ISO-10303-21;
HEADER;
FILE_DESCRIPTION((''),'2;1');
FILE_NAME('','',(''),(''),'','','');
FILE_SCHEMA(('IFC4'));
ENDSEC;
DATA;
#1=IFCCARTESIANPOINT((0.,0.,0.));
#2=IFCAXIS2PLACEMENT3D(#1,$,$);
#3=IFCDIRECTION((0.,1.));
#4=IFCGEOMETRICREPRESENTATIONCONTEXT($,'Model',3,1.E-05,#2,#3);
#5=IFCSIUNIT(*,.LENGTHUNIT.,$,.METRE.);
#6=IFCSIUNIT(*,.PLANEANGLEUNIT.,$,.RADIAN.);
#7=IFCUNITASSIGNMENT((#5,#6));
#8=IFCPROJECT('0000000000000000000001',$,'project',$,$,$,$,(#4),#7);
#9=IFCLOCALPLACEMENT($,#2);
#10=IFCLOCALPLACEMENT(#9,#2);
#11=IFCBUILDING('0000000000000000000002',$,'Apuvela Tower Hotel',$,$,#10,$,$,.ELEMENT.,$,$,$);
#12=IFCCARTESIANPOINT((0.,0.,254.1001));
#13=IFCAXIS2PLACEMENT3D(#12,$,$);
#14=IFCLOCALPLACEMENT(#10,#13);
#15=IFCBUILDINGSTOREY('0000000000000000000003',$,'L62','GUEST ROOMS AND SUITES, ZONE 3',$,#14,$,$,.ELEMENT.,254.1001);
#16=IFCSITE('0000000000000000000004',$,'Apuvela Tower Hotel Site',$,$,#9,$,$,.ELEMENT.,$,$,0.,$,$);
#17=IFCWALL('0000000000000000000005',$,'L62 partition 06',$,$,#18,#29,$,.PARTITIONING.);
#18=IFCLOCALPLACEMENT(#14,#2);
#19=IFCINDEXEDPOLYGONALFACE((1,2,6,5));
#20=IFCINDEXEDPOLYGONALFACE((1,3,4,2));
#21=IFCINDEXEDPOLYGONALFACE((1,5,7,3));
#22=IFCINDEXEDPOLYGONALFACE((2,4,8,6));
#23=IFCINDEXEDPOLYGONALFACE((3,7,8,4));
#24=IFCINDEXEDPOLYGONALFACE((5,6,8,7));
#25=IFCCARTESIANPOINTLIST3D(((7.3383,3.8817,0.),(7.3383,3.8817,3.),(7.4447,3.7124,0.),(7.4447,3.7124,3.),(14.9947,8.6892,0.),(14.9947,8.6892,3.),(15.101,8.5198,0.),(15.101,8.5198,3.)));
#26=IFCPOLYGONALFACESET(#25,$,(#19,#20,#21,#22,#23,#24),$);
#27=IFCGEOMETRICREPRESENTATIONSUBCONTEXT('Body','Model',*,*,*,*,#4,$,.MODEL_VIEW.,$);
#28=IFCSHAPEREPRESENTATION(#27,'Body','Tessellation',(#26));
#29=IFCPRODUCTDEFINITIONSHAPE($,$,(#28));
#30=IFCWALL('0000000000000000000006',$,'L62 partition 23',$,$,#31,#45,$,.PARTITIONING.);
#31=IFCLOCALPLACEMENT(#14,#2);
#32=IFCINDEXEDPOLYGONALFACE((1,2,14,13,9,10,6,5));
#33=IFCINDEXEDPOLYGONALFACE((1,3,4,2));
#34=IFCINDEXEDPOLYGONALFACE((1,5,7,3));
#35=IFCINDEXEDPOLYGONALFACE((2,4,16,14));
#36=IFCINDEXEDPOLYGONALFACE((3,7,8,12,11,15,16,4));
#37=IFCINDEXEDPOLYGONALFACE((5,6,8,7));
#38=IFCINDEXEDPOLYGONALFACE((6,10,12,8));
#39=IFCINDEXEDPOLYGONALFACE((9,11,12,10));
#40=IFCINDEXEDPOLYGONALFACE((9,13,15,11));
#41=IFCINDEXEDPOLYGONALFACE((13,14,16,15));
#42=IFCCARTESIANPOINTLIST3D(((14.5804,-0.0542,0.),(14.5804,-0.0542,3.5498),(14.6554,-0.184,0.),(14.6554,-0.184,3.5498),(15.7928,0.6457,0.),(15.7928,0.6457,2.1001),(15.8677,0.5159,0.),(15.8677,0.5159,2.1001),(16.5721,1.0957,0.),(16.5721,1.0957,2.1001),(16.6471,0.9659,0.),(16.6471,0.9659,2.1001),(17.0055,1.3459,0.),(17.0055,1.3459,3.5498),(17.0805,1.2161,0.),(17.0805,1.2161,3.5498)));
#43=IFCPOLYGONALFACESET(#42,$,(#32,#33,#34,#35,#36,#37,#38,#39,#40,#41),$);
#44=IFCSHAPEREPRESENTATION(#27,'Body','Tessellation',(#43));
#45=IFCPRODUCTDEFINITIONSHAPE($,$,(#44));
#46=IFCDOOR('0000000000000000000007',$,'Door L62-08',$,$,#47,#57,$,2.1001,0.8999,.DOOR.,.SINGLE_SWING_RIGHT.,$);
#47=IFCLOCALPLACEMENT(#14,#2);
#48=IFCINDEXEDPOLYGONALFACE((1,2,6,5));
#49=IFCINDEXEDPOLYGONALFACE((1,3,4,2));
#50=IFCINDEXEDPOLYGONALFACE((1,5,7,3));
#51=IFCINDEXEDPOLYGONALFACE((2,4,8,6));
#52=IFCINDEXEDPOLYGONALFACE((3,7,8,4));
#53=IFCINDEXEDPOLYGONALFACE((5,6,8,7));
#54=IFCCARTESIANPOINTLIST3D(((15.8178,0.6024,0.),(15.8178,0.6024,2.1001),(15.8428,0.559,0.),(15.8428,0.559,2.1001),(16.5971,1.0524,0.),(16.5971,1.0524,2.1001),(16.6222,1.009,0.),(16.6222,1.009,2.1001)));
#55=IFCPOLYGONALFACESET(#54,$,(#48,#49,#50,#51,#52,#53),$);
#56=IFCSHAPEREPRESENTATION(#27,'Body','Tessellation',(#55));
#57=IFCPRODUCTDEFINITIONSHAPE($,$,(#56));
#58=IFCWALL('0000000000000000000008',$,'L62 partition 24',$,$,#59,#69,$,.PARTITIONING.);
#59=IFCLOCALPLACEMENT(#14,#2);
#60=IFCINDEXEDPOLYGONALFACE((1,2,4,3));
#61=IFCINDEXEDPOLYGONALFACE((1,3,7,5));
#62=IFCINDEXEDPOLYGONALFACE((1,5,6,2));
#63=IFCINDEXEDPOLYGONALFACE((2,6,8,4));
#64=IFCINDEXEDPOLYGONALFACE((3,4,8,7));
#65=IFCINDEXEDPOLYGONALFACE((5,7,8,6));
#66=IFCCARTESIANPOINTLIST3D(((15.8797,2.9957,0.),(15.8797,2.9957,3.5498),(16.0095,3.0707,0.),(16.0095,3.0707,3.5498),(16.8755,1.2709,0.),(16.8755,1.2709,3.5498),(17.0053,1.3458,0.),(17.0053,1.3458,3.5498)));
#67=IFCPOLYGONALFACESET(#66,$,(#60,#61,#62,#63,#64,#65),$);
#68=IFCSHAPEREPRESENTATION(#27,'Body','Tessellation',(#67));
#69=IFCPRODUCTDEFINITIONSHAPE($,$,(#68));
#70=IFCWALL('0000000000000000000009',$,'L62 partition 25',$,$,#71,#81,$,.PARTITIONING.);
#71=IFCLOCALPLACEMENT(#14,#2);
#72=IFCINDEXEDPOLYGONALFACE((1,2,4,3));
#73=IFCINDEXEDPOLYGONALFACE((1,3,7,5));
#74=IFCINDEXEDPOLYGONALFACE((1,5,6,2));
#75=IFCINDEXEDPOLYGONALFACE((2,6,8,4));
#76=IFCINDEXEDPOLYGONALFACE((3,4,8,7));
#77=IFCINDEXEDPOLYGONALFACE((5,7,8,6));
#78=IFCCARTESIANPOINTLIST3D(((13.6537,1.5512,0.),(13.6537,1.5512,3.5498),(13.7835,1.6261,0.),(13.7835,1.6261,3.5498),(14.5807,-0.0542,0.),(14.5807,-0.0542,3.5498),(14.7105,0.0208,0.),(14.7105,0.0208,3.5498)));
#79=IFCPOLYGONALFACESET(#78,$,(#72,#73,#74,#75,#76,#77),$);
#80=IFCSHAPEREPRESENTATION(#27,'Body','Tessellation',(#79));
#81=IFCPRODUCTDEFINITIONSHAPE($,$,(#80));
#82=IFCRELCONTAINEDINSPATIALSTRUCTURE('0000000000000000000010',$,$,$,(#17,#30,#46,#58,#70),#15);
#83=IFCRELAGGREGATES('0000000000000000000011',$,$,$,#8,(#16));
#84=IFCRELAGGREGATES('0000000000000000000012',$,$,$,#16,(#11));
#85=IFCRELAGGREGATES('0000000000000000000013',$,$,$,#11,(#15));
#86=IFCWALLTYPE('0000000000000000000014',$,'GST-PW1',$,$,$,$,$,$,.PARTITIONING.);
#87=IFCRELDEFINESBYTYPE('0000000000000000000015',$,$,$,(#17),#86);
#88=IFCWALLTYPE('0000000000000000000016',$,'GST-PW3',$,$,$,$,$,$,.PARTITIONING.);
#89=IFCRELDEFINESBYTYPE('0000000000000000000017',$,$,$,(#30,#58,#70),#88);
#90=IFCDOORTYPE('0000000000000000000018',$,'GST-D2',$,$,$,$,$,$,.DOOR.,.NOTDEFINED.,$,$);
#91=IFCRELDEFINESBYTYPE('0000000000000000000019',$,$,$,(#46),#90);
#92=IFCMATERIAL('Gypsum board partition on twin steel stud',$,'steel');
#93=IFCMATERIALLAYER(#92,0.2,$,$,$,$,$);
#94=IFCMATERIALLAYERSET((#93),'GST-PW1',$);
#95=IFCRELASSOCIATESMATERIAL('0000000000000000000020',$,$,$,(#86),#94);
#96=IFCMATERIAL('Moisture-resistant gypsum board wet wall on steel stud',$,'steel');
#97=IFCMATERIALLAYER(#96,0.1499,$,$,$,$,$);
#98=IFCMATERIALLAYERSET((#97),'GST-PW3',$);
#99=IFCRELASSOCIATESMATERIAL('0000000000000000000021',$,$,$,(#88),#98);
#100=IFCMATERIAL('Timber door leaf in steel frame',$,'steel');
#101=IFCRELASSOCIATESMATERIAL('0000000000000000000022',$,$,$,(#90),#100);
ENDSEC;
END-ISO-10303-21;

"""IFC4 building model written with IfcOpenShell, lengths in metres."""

from ifc_helpers import new_model, si_unit, direction, frame, frame_2d, origin, place, context, subcontext, project, spatial, rectangle, extrude, material, layer, layer_set, type_object, element, fill, save


model = new_model("IFC4")

# Units and contexts
model_context = context("Model", 3, precision=1e-05, world=origin(), true_north=direction((0.0, 1.0)))
body_context = subcontext(model_context, "Body", "Model", "MODEL_VIEW")
ifc_project = project(units=[si_unit("LENGTHUNIT", "METRE"), si_unit("PLANEANGLEUNIT", "RADIAN")], contexts=[model_context])

# Site, building, storey
site_placement = place(None, origin())
site = spatial("IfcSite", under=ifc_project, at=site_placement, Name="Apuvela Tower Hotel Site", CompositionType="ELEMENT", RefElevation=0.0)
building_placement = place(site_placement, origin())
building = spatial("IfcBuilding", under=site, at=building_placement, Name="Apuvela Tower Hotel", CompositionType="ELEMENT")
storey_placement = place(building_placement, frame((0.0, 0.0, 254.1001)))
storey = spatial("IfcBuildingStorey", under=building, at=storey_placement, Name="L62", Description="GUEST ROOMS AND SUITES, ZONE 3", CompositionType="ELEMENT", Elevation=254.1001)

# Wall
ifc_material_1 = material(Name="Gypsum board partition on twin steel stud", Category="steel")
ifc_layer_1 = layer(ifc_material_1, 0.2)
ifc_layer_set_1 = layer_set([ifc_layer_1], Name="GST-PW1")
wall_type_1 = type_object("IfcWallType", Name="GST-PW1", PredefinedType="PARTITIONING", material=ifc_layer_set_1)
wall_1_placement = place(storey_placement, frame((15.0479, 8.6045, 0.0), z_axis=(0.0, 0.0, 1.0), x_axis=(-0.846892, -0.531765, 0.0)))
element("IfcWall", 1, at=wall_1_placement, inside=storey, type_object=wall_type_1, Name="L62 partition 06", PredefinedType="PARTITIONING", context=body_context, shape_type="SweptSolid", body=[
    extrude(rectangle(XDim=9.0405, YDim=0.2, at=frame_2d((4.5203, 0.0))), origin(), (0.0, 0.0, 1.0), 3.0),
])

# Wall, opening, door
ifc_material_2 = material(Name="Moisture-resistant gypsum board wet wall on steel stud", Category="steel")
ifc_layer_2 = layer(ifc_material_2, 0.1499)
ifc_layer_set_2 = layer_set([ifc_layer_2], Name="GST-PW3")
wall_type_2 = type_object("IfcWallType", Name="GST-PW3", PredefinedType="PARTITIONING", material=ifc_layer_set_2)
wall_2_placement = place(storey_placement, frame((14.6179, -0.1191, 0.0), z_axis=(0.0, 0.0, 1.0), x_axis=(0.866019, 0.500012, 0.0)))
wall_2 = element("IfcWall", 2, at=wall_2_placement, inside=storey, type_object=wall_type_2, Name="L62 partition 23", PredefinedType="PARTITIONING", context=body_context, shape_type="SweptSolid", body=[
    extrude(rectangle(XDim=2.8003, YDim=0.1499, at=frame_2d((1.4001, 0.0))), origin(), (0.0, 0.0, 1.0), 3.5498),
])
opening_1_placement = place(wall_2_placement, frame((1.3999, 0.0, 0.0)))
opening_1 = element("IfcOpeningElement", 3, at=opening_1_placement, cuts=wall_2, PredefinedType="OPENING", context=body_context, shape_type="SweptSolid", body=[
    extrude(rectangle(XDim=0.8999, YDim=2.1001, at=frame_2d((0.45, 1.05))), frame((0.0, 0.085, 0.0), z_axis=(0.0, -1.0, 0.0), x_axis=(1.0, 0.0, 0.0)), (0.0, 0.0, 1.0), 0.1699),
])
ifc_material_3 = material(Name="Timber door leaf in steel frame", Category="steel")
door_type_1 = type_object("IfcDoorType", Name="GST-D2", OperationType="NOTDEFINED", PredefinedType="DOOR", material=ifc_material_3)
door_1_placement = place(opening_1_placement, origin())
door_1 = element("IfcDoor", 4, at=door_1_placement, inside=storey, type_object=door_type_1, Name="Door L62-08", OperationType="SINGLE_SWING_RIGHT", OverallHeight=2.1001, OverallWidth=0.8999, PredefinedType="DOOR", context=body_context, shape_type="SweptSolid", body=[
    extrude(rectangle(XDim=0.8999, YDim=2.1001, at=frame_2d((0.45, 1.05))), frame((0.0, 0.0249, 0.0), z_axis=(0.0, -1.0, 0.0), x_axis=(1.0, 0.0, 0.0)), (0.0, 0.0, 1.0), 0.05),
])
fill(opening_1, door_1)

# Walls
wall_3_placement = place(storey_placement, frame((16.9404, 1.3083, 0.0), z_axis=(0.0, 0.0, 1.0), x_axis=(-0.500002, 0.866024, 0.0)))
element("IfcWall", 5, at=wall_3_placement, inside=storey, type_object=wall_type_2, Name="L62 partition 24", PredefinedType="PARTITIONING", context=body_context, shape_type="SweptSolid", body=[
    extrude(rectangle(XDim=1.9917, YDim=0.1499, at=frame_2d((0.9958, 0.0))), origin(), (0.0, 0.0, 1.0), 3.5498),
])
wall_4_placement = place(storey_placement, frame((14.6455, -0.0166, 0.0), z_axis=(0.0, 0.0, 1.0), x_axis=(-0.500034, 0.866006, 0.0)))
element("IfcWall", 6, at=wall_4_placement, inside=storey, type_object=wall_type_2, Name="L62 partition 25", PredefinedType="PARTITIONING", context=body_context, shape_type="SweptSolid", body=[
    extrude(rectangle(XDim=1.8538, YDim=0.1499, at=frame_2d((0.9268, 0.0))), origin(), (0.0, 0.0, 1.0), 3.5498),
])

save(model, "model.ifc")
